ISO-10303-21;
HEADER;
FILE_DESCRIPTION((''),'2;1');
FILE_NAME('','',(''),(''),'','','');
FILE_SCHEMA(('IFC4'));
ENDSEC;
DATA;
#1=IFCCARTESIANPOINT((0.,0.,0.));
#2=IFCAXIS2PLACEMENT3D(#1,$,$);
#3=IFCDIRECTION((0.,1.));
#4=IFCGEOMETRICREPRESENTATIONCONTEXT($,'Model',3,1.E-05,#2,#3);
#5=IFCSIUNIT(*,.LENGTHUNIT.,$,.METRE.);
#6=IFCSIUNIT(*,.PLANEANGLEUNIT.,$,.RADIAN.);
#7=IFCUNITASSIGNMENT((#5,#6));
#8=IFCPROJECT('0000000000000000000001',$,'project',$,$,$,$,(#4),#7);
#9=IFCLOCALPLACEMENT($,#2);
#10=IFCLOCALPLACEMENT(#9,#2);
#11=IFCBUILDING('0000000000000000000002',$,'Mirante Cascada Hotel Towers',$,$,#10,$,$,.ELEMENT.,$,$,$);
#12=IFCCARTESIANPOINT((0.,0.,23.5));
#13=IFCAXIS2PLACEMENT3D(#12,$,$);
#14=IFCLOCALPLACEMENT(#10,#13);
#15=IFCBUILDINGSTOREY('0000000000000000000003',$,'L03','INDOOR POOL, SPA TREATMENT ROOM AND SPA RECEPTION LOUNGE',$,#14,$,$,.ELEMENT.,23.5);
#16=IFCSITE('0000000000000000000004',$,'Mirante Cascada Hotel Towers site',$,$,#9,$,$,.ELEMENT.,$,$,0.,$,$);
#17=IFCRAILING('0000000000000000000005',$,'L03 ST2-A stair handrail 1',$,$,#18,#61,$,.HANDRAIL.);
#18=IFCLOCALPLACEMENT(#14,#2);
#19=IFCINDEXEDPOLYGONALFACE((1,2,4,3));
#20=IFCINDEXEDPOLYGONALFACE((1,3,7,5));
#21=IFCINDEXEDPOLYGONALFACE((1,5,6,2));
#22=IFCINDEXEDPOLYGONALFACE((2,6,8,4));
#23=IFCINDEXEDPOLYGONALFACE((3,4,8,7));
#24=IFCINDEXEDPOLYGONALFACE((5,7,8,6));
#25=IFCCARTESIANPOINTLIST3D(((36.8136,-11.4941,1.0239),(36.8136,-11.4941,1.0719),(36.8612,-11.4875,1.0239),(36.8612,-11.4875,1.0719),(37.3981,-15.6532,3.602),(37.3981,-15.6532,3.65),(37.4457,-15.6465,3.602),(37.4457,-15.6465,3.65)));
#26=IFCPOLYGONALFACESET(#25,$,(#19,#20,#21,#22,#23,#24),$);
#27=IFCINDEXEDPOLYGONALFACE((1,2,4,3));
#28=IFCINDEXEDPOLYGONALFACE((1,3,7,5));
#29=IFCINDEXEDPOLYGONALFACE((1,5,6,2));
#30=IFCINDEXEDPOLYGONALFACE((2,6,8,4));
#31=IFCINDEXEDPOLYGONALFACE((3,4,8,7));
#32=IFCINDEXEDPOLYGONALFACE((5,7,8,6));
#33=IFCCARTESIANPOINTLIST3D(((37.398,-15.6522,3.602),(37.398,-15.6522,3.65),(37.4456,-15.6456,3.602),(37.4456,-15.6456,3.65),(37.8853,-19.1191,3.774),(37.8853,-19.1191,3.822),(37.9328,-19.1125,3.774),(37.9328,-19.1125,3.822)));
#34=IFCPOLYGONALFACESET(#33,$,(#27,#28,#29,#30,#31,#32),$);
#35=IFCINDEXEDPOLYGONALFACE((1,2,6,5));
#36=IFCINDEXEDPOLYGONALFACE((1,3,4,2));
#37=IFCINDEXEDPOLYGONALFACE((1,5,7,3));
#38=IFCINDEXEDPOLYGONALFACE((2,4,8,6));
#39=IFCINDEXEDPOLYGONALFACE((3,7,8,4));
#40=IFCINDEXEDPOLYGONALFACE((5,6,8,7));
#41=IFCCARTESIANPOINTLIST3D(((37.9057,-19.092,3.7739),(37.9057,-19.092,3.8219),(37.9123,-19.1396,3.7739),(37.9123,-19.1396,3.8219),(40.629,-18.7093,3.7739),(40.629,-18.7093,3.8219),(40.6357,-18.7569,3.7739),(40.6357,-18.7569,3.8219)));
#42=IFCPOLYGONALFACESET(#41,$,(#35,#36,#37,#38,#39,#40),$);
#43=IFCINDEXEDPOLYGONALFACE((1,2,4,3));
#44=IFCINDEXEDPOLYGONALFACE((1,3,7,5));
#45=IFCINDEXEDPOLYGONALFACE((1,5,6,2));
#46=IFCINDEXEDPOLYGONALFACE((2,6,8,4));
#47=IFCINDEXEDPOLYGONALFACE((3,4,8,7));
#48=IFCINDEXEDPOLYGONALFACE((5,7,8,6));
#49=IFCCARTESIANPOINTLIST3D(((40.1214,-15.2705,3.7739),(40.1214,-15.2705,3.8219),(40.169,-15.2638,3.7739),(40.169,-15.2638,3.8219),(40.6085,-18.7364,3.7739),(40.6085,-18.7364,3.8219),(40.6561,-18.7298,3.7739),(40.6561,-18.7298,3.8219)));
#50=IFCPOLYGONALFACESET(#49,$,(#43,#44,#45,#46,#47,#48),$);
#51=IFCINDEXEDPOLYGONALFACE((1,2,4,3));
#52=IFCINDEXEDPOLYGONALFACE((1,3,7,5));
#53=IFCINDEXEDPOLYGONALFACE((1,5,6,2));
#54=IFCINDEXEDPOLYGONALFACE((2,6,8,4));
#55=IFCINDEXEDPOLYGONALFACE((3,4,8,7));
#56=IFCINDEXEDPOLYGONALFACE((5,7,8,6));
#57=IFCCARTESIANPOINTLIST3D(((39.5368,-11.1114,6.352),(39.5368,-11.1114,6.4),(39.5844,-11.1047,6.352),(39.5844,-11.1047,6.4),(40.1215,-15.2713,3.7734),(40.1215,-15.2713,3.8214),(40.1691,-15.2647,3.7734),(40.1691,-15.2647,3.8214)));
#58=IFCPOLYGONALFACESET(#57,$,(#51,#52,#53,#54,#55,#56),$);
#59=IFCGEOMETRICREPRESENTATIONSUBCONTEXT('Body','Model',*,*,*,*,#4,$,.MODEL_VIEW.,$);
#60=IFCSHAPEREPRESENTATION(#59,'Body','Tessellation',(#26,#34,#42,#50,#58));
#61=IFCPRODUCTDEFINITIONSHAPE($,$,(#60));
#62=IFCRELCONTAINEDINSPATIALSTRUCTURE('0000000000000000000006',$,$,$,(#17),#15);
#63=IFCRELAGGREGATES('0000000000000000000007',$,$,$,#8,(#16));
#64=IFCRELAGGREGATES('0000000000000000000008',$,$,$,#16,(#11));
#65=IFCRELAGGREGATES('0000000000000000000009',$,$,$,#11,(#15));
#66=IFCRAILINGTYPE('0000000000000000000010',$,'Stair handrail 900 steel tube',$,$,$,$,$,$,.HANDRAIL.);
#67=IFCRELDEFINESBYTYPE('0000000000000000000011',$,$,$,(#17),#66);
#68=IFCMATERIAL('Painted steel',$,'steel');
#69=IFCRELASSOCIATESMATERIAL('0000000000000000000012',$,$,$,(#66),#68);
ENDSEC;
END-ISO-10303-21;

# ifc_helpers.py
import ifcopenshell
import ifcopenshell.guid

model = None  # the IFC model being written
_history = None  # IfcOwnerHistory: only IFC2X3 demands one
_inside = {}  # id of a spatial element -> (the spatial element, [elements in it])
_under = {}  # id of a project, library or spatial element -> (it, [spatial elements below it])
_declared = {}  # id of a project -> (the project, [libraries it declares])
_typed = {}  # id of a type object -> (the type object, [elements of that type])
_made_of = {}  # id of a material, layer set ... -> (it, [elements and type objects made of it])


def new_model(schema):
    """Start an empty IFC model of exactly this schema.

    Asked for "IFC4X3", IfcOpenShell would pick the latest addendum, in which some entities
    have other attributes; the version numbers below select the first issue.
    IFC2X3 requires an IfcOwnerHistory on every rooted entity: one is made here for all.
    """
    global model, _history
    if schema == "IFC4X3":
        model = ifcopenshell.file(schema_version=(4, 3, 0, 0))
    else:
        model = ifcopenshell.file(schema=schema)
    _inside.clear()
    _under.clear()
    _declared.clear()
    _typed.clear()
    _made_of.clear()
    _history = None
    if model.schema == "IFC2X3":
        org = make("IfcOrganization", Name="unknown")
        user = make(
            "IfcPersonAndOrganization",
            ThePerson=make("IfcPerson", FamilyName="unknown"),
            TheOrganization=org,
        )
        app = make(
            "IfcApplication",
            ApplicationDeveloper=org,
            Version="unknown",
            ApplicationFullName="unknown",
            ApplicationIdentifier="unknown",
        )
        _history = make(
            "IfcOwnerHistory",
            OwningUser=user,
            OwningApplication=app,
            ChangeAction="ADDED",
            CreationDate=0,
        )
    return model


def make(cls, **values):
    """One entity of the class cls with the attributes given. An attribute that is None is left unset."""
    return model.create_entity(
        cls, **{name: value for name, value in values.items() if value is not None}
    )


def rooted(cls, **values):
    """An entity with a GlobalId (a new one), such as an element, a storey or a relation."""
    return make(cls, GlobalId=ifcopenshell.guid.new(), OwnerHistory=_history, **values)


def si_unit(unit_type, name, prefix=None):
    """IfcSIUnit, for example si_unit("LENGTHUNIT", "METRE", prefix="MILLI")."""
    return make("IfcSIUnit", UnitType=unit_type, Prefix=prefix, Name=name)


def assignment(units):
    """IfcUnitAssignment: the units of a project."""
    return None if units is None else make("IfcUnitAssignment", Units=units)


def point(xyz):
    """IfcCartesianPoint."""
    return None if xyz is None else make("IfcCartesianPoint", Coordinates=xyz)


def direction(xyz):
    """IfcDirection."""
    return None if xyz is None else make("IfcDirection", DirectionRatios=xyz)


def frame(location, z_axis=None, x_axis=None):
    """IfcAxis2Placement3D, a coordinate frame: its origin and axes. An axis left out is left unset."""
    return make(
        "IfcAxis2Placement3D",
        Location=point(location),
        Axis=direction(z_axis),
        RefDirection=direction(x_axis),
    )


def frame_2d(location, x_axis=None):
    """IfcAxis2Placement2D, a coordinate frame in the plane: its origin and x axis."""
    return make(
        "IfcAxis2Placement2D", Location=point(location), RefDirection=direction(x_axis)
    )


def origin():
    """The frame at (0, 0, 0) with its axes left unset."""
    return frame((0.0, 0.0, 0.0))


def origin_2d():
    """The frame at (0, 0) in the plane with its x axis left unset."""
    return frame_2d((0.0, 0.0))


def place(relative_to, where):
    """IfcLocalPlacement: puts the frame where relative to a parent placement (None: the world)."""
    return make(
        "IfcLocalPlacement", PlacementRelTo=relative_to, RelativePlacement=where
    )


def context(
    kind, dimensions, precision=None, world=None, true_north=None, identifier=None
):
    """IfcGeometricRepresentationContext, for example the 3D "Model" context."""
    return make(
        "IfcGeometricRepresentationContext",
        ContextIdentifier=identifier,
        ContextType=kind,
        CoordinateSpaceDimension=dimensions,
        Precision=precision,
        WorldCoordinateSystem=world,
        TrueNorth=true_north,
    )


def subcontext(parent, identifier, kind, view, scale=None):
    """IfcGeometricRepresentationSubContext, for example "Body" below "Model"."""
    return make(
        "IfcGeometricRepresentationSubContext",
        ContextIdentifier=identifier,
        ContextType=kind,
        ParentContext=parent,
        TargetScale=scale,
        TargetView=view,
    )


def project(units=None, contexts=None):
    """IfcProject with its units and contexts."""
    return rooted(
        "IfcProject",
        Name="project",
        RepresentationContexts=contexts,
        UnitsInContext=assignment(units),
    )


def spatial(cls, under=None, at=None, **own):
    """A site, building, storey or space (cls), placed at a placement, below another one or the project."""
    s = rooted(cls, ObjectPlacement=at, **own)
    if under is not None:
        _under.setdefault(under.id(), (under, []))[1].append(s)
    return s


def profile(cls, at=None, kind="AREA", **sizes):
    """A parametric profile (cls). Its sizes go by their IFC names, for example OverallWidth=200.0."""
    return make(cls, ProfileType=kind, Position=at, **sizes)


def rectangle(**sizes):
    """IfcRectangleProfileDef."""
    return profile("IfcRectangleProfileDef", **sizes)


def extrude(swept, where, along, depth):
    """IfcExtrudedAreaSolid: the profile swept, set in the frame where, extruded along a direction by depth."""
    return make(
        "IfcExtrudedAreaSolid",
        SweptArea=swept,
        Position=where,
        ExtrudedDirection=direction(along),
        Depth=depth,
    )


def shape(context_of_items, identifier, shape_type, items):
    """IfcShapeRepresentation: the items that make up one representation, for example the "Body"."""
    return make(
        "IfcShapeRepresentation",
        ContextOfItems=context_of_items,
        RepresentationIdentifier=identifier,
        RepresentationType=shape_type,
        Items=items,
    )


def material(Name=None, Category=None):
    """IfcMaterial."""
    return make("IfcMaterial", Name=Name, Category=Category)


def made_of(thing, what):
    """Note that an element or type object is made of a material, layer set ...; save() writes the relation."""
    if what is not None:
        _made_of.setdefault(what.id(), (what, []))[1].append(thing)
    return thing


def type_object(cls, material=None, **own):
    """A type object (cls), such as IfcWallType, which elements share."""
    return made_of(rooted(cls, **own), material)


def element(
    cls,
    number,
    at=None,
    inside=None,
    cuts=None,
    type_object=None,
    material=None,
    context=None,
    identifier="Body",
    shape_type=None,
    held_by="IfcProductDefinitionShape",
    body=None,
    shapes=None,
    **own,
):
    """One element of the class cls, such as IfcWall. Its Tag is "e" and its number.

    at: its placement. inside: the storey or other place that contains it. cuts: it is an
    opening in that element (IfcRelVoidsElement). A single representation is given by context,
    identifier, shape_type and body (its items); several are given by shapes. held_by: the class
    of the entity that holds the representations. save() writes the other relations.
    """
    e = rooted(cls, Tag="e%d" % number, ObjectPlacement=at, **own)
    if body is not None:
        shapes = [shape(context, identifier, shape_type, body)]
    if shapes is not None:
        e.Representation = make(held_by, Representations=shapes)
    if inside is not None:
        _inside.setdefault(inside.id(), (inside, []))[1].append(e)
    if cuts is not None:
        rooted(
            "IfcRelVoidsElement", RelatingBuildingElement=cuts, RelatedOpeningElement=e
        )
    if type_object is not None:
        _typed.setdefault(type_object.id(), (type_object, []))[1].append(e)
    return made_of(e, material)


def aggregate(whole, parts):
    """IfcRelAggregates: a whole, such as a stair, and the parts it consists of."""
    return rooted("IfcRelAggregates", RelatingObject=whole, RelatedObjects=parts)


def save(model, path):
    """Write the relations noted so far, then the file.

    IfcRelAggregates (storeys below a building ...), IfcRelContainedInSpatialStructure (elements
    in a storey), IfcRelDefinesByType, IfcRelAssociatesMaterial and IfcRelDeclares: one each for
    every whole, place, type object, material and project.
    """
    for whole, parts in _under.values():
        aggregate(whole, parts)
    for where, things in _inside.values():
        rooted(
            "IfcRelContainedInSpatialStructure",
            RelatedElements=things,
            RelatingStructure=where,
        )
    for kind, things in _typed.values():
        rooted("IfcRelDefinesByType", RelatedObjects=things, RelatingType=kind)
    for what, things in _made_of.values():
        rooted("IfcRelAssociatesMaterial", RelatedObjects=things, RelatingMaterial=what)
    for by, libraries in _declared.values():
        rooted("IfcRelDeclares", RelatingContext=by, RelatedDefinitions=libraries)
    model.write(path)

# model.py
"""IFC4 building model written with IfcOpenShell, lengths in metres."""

from ifc_helpers import new_model, si_unit, direction, frame, origin, origin_2d, place, context, subcontext, project, spatial, rectangle, extrude, material, type_object, element, save


model = new_model("IFC4")

# Units and contexts
model_context = context("Model", 3, precision=1e-05, world=origin(), true_north=direction((0.0, 1.0)))
body_context = subcontext(model_context, "Body", "Model", "MODEL_VIEW")
ifc_project = project(units=[si_unit("LENGTHUNIT", "METRE"), si_unit("PLANEANGLEUNIT", "RADIAN")], contexts=[model_context])

# Site, building, storey
site_placement = place(None, origin())
site = spatial("IfcSite", under=ifc_project, at=site_placement, Name="Mirante Cascada Hotel Towers site", CompositionType="ELEMENT", RefElevation=0.0)
building_placement = place(site_placement, origin())
building = spatial("IfcBuilding", under=site, at=building_placement, Name="Mirante Cascada Hotel Towers", CompositionType="ELEMENT")
storey_placement = place(building_placement, frame((0.0, 0.0, 23.5)))
storey = spatial("IfcBuildingStorey", under=building, at=storey_placement, Name="L03", Description="INDOOR POOL, SPA TREATMENT ROOM AND SPA RECEPTION LOUNGE", CompositionType="ELEMENT", Elevation=23.5)

# Railing
ifc_material_1 = material(Name="Painted steel", Category="steel")
railing_type_1 = type_object("IfcRailingType", Name="Stair handrail 900 steel tube", PredefinedType="HANDRAIL", material=ifc_material_1)
railing_1_placement = place(storey_placement, frame((36.8374, -11.4908, 0.1719)))
element("IfcRailing", 1, at=railing_1_placement, inside=storey, type_object=railing_type_1, Name="L03 ST2-A stair handrail 1", PredefinedType="HANDRAIL", context=body_context, shape_type="SweptSolid", body=[
    extrude(rectangle(XDim=0.048, YDim=0.048, at=origin_2d()), frame((0.0, 0.0, 0.876), z_axis=(0.139168, -0.990269, 0.0), x_axis=(0.990269, 0.139168, 0.0)), (0.0, 0.523141, 0.852246), 4.9281),
    extrude(rectangle(XDim=0.048, YDim=0.048, at=origin_2d()), frame((0.5844, -4.1581, 3.4541), z_axis=(0.139173, -0.990268, 0.0), x_axis=(0.990268, 0.139173, 0.0)), (0.0, 0.049056, 0.998796), 3.5052),
    extrude(rectangle(XDim=0.048, YDim=0.048, at=origin_2d()), frame((1.0716, -7.625, 3.626), z_axis=(0.99027, 0.139161, 0.0), x_axis=(-0.139161, 0.99027, 0.0)), (0.0, 0.0, 1.0), 2.7501),
    extrude(rectangle(XDim=0.048, YDim=0.048, at=origin_2d()), frame((3.7949, -7.2423, 3.626), z_axis=(-0.139173, 0.990268, 0.0), x_axis=(-0.990268, -0.139173, 0.0)), (0.0, 0.0, 1.0), 3.5),
    extrude(rectangle(XDim=0.048, YDim=0.048, at=origin_2d()), frame((3.3079, -3.7772, 3.6255), z_axis=(-0.139191, 0.990266, 0.0), x_axis=(-0.990266, -0.139191, 0.0)), (0.0, 0.52314, 0.852247), 4.9291),
])

save(model, "model.ifc")
